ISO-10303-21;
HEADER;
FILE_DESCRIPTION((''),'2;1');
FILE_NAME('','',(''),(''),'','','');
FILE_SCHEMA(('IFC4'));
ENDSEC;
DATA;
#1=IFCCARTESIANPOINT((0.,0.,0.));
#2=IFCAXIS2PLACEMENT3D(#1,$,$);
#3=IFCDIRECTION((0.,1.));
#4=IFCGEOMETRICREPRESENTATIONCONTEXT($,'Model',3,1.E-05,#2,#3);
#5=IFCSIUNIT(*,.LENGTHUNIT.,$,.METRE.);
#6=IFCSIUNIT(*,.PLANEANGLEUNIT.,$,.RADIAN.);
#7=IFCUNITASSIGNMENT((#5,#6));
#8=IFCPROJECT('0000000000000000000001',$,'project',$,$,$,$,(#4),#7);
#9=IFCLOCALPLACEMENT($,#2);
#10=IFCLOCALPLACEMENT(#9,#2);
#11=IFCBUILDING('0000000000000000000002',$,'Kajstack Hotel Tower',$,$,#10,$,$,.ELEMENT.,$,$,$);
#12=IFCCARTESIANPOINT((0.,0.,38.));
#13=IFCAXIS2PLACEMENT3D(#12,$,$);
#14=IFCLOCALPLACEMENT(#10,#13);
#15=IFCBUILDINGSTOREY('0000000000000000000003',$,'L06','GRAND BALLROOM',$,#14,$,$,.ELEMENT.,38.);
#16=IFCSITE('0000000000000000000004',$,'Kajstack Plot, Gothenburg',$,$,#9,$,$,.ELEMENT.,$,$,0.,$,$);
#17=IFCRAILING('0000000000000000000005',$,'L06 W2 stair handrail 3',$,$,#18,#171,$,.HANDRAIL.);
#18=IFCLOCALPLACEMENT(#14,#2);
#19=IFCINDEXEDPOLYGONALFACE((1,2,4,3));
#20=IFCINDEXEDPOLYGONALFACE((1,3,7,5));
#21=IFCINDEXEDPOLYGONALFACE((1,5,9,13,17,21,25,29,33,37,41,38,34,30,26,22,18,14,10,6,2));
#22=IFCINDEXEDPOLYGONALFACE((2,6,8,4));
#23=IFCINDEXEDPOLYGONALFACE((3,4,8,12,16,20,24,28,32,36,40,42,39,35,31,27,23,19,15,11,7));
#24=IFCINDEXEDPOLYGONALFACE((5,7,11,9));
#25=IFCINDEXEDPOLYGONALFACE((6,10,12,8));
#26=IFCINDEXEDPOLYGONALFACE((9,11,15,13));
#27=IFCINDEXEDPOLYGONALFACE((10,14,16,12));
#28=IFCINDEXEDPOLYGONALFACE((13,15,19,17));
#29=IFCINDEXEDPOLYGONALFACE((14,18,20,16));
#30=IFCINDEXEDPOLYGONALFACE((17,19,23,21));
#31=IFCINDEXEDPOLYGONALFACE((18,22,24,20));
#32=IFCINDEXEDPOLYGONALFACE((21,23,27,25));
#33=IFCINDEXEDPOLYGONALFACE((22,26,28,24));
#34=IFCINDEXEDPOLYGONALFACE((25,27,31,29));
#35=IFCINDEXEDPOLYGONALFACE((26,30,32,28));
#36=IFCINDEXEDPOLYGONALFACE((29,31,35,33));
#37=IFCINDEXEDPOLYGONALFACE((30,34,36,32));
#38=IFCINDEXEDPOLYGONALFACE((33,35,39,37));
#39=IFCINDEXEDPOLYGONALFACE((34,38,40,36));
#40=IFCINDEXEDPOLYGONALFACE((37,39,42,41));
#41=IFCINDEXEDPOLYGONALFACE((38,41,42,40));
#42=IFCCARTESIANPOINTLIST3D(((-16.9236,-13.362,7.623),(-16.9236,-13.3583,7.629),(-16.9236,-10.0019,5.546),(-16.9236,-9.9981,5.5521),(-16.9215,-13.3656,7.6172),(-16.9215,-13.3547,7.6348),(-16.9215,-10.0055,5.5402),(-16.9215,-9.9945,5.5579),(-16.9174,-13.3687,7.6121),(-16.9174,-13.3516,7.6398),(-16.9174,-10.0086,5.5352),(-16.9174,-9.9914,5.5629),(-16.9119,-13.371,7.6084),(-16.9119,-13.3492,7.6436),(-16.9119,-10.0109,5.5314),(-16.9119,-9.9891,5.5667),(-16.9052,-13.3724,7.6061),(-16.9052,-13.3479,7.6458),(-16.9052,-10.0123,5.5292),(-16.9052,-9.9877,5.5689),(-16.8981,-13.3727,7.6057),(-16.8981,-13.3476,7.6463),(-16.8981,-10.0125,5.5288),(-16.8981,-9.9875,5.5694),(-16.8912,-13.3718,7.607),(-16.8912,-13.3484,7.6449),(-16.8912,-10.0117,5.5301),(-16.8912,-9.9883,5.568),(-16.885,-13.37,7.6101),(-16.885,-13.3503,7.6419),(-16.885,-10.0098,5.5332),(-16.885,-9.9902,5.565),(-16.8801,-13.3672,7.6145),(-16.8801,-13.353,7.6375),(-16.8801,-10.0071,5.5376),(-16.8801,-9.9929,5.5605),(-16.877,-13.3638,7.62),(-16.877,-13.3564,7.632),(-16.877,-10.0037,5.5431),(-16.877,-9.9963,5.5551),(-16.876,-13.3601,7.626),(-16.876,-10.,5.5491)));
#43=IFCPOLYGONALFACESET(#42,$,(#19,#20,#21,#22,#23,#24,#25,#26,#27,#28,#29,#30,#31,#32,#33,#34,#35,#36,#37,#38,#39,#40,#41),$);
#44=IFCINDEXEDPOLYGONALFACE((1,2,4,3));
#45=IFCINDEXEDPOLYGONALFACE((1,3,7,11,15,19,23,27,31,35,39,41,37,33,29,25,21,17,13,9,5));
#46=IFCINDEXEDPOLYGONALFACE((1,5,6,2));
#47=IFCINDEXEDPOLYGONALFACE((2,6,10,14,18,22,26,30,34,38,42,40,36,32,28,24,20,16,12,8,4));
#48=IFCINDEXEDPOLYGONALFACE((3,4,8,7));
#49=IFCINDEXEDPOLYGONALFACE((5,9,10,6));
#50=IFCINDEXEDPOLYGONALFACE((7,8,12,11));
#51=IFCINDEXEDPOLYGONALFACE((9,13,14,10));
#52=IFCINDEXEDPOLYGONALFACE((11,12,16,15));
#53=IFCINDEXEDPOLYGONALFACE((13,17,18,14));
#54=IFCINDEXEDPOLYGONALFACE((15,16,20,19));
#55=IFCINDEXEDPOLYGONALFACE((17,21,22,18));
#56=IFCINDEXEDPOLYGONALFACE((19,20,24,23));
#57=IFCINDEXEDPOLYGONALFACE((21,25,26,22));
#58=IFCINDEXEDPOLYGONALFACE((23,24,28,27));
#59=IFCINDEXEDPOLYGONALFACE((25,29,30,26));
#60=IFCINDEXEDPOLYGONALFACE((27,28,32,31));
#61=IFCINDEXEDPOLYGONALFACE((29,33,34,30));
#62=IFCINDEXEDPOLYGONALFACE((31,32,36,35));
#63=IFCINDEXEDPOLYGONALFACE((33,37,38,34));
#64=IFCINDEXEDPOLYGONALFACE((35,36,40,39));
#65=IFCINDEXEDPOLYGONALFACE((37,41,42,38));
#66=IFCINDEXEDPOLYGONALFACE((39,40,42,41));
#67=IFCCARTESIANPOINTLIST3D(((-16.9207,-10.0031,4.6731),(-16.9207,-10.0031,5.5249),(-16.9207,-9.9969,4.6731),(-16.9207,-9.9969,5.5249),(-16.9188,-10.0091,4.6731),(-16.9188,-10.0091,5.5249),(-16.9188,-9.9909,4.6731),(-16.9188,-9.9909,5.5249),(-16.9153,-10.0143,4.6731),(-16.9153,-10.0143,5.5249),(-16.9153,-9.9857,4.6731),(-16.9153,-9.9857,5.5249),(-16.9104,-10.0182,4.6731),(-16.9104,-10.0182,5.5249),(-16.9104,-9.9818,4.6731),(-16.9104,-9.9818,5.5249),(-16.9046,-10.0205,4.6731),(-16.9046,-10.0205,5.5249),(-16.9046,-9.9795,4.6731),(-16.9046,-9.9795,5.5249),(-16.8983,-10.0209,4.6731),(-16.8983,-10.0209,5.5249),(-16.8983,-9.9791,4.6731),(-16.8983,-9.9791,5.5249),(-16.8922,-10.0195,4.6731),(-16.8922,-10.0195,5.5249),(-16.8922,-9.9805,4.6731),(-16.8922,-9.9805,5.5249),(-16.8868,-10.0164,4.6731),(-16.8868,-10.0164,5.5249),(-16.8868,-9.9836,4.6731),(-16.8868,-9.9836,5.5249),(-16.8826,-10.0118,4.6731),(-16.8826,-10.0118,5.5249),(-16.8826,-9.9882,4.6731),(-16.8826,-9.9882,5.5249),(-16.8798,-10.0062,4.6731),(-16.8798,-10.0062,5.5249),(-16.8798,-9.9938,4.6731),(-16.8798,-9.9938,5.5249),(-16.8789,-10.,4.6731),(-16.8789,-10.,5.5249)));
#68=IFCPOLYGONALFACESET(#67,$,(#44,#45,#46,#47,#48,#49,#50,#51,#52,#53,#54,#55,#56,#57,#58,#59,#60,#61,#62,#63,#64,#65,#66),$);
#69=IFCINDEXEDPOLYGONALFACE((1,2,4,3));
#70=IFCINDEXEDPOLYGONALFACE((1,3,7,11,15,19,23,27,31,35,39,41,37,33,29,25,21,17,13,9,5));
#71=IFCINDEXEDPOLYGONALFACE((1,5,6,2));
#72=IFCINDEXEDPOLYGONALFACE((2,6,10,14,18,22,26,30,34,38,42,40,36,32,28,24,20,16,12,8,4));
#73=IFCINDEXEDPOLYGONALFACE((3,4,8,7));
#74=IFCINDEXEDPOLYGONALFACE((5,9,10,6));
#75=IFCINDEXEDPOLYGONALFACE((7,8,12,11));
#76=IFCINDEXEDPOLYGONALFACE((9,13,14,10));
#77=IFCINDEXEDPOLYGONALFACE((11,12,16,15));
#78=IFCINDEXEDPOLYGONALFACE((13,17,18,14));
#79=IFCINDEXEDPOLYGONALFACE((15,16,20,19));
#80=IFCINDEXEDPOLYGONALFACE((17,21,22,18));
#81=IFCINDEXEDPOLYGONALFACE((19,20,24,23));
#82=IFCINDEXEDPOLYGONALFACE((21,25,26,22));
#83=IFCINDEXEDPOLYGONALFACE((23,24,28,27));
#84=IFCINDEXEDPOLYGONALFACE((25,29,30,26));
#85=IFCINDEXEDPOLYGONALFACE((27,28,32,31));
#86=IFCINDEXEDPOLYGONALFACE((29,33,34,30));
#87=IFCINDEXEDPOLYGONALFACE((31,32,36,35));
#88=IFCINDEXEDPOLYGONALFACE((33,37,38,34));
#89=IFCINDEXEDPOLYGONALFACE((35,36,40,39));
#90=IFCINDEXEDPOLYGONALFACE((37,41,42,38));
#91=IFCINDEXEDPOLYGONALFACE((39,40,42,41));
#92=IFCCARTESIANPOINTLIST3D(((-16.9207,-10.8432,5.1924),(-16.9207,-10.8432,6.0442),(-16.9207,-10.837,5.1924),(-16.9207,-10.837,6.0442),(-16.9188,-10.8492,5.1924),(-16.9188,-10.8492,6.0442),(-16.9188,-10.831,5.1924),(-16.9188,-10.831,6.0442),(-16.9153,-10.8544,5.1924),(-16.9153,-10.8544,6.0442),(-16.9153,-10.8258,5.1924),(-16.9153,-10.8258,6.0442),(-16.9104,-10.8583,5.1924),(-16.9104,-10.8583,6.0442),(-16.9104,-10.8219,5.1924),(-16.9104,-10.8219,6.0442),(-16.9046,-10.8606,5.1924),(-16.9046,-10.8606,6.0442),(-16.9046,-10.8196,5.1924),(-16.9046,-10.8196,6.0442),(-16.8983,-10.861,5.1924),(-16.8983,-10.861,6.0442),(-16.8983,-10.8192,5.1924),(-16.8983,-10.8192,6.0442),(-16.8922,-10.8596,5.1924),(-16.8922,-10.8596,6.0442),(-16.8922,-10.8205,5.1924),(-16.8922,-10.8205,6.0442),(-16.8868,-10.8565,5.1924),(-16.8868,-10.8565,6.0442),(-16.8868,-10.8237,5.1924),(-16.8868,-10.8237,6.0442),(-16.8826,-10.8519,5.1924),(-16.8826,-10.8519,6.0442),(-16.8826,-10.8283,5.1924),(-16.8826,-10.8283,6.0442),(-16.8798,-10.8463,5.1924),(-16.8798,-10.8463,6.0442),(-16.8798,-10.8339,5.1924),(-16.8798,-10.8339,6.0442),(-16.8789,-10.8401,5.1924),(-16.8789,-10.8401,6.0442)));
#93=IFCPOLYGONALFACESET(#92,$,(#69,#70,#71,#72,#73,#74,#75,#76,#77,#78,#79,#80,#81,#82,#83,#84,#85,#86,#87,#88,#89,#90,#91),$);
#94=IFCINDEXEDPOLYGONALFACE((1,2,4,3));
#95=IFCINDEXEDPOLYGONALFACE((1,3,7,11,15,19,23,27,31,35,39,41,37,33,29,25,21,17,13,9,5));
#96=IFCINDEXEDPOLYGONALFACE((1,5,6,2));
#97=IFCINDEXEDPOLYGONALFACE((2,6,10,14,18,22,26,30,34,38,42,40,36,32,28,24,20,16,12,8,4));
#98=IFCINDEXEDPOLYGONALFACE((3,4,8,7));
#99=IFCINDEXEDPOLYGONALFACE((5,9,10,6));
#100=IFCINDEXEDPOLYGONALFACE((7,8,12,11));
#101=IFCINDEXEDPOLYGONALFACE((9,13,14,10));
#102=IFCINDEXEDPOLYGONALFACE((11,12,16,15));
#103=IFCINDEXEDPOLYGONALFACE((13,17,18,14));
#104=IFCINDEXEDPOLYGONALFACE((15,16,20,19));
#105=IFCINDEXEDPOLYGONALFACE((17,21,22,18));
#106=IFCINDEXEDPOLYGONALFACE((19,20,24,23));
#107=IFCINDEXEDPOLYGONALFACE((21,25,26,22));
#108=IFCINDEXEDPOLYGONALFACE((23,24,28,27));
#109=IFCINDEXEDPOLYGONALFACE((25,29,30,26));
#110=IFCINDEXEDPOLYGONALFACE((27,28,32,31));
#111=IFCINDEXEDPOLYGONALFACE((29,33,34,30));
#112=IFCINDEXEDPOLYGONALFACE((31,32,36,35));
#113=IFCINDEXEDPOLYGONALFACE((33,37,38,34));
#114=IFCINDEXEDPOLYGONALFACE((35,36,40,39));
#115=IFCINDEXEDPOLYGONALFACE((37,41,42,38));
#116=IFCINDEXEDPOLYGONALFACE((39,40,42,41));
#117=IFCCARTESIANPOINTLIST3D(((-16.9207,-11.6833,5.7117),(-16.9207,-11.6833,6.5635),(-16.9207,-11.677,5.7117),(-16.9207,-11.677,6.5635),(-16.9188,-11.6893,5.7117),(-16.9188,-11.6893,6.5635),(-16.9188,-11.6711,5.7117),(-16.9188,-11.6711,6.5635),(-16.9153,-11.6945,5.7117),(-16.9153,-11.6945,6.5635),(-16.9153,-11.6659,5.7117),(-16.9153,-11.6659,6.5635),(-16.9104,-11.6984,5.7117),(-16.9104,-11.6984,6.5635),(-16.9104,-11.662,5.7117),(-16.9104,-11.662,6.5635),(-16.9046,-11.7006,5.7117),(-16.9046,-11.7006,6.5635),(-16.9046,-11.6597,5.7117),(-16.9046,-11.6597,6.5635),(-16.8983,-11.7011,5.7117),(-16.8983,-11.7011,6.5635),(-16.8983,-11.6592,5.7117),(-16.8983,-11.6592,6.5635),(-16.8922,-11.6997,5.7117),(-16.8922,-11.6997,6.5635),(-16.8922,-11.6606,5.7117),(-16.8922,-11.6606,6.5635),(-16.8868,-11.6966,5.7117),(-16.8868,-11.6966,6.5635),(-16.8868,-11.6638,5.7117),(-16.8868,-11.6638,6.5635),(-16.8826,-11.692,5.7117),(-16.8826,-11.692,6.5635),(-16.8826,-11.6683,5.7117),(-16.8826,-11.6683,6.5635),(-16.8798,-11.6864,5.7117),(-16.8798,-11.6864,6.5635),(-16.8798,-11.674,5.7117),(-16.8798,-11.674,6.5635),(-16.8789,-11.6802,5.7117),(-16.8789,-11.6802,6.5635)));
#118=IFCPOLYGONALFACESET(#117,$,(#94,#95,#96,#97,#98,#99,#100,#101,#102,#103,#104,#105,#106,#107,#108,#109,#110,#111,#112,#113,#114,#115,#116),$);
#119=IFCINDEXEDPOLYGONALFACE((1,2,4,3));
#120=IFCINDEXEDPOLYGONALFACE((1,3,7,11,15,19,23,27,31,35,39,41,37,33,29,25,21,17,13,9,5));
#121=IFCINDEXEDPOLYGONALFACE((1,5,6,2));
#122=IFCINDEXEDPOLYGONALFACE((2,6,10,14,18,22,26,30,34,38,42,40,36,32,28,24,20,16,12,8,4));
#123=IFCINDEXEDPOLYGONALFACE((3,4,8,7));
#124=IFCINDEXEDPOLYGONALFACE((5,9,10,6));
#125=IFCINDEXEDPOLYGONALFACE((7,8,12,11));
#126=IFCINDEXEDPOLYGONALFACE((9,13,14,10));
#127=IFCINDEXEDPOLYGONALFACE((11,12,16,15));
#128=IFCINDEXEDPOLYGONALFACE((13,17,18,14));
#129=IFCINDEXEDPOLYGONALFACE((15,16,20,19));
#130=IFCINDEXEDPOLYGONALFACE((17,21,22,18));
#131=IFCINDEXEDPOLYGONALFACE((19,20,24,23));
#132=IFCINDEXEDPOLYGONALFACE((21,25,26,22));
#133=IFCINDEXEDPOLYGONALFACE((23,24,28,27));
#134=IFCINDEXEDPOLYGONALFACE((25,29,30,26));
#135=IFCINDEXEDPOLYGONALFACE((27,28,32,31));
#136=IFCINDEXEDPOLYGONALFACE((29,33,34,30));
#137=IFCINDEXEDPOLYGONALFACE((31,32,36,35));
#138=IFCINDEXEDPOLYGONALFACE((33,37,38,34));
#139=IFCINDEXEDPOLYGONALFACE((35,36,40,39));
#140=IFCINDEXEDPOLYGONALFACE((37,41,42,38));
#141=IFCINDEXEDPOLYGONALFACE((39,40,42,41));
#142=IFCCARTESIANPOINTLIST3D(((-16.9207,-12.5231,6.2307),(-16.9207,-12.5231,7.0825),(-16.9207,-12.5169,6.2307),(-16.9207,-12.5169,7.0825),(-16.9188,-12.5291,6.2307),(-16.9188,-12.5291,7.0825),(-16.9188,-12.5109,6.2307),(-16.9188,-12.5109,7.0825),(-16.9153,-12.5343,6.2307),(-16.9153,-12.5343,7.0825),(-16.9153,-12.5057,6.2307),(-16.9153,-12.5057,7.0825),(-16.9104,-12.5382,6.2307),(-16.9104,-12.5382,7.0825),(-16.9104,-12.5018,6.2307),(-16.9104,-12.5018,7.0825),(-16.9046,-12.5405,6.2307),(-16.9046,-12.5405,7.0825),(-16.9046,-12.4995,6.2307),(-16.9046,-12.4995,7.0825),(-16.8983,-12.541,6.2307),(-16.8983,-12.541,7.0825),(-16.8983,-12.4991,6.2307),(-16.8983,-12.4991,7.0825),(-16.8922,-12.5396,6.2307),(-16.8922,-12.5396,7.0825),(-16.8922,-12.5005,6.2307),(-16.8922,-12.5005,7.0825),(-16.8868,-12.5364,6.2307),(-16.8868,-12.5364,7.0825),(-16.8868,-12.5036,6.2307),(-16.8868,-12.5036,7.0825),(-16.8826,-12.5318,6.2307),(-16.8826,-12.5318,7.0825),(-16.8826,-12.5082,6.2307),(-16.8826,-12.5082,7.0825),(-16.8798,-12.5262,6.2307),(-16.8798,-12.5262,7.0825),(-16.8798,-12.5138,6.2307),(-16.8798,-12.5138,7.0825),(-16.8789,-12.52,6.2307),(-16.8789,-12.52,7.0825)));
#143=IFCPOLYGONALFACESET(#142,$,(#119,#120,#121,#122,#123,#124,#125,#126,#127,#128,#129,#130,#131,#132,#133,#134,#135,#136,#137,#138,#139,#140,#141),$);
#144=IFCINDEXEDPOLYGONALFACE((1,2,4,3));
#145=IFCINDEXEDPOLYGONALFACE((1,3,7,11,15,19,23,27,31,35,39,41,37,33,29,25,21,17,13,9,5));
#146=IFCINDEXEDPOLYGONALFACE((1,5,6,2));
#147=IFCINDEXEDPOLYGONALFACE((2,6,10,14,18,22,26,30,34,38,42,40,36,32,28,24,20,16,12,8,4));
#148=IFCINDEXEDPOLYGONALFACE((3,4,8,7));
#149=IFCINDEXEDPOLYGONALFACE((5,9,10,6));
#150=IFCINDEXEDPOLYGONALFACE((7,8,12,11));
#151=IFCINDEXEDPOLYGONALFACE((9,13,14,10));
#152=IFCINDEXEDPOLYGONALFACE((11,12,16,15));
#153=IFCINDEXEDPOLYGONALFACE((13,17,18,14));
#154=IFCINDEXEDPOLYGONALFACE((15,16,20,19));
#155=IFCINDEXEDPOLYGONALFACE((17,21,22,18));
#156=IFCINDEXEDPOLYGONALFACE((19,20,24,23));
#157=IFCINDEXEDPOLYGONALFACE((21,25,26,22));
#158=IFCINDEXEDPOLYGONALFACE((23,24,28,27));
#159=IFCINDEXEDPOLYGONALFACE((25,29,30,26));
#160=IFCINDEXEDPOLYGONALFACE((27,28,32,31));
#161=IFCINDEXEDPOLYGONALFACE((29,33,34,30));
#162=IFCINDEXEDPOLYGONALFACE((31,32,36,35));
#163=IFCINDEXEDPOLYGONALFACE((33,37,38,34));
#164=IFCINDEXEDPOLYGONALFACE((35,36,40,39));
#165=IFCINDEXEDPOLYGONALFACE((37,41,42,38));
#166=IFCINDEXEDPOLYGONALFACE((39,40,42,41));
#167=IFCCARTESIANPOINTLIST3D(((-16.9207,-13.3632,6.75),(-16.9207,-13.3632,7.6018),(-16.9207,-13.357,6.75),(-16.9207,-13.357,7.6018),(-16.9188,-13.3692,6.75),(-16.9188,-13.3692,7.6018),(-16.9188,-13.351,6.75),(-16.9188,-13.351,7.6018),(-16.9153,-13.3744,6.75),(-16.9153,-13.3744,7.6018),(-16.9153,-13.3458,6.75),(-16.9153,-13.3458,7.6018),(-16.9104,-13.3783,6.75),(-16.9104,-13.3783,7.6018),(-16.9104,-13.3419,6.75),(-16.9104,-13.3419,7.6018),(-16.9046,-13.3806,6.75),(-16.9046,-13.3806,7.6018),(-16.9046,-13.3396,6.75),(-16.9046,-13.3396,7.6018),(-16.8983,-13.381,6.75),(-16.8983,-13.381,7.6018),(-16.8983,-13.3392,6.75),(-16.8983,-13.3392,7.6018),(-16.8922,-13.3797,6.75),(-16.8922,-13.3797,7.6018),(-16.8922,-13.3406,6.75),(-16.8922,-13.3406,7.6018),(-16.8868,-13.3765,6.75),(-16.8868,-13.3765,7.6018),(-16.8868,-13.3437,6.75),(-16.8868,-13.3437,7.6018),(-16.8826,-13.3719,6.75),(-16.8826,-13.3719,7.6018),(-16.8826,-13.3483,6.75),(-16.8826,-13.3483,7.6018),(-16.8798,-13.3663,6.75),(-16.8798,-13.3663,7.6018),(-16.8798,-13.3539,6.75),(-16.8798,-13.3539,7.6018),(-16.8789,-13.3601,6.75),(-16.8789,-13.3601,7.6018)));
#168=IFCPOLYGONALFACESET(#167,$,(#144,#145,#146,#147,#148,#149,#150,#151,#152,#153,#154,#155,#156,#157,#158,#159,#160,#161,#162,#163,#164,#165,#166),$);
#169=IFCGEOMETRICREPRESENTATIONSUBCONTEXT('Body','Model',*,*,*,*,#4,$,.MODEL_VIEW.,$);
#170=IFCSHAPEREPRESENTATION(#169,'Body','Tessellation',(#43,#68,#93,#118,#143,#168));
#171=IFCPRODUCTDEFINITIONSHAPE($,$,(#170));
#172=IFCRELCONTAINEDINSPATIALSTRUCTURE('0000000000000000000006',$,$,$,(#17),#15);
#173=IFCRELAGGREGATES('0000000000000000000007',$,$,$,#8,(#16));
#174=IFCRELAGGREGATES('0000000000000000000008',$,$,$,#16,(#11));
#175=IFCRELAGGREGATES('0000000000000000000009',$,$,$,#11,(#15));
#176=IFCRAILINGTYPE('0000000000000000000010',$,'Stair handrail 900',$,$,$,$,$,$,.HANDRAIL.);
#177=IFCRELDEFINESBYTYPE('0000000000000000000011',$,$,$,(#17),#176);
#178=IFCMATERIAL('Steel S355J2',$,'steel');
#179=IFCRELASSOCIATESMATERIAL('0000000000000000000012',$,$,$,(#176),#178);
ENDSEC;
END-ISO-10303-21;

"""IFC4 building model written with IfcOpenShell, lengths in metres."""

from ifc_helpers import new_model, si_unit, direction, frame, origin, origin_2d, place, context, subcontext, project, spatial, circle, extrude, material, type_object, element, save


model = new_model("IFC4")

# Units and contexts
model_context = context("Model", 3, precision=1e-05, world=origin(), true_north=direction((0.0, 1.0)))
body_context = subcontext(model_context, "Body", "Model", "MODEL_VIEW")
ifc_project = project(units=[si_unit("LENGTHUNIT", "METRE"), si_unit("PLANEANGLEUNIT", "RADIAN")], contexts=[model_context])

# Site, building, storey
site_placement = place(None, origin())
site = spatial("IfcSite", under=ifc_project, at=site_placement, Name="Kajstack Plot, Gothenburg", CompositionType="ELEMENT", RefElevation=0.0)
building_placement = place(site_placement, origin())
building = spatial("IfcBuilding", under=site, at=building_placement, Name="Kajstack Hotel Tower", CompositionType="ELEMENT")
storey_placement = place(building_placement, frame((0.0, 0.0, 38.0)))
storey = spatial("IfcBuildingStorey", under=building, at=storey_placement, Name="L06", Description="GRAND BALLROOM", CompositionType="ELEMENT", Elevation=38.0)

# Railing
ifc_material_1 = material(Name="Steel S355J2", Category="steel")
railing_type_1 = type_object("IfcRailingType", Name="Stair handrail 900", PredefinedType="HANDRAIL", material=ifc_material_1)
for number, where, name in (
    (1, (-16.8999, -10.0, 4.6731), "L06 W2 stair handrail 3"),
):
    element("IfcRailing", number, at=place(storey_placement, frame(where)), inside=storey, type_object=railing_type_1, Name=name, PredefinedType="HANDRAIL", context=body_context, shape_type="SweptSolid", body=[
        extrude(circle(Radius=0.0239, at=origin_2d()), frame((0.0, 0.0, 0.876), z_axis=(0.0, -0.850623, 0.525776), x_axis=(1.0, 0.0, 0.0)), (0.0, 0.0, 1.0), 3.9502),
        extrude(circle(Radius=0.021, at=origin_2d()), origin(), (0.0, 0.0, 1.0), 0.8518),
        extrude(circle(Radius=0.021, at=origin_2d()), frame((0.0, -0.8401, 0.5193)), (0.0, 0.0, 1.0), 0.8518),
        extrude(circle(Radius=0.021, at=origin_2d()), frame((0.0, -1.6802, 1.0386)), (0.0, 0.0, 1.0), 0.8518),
        extrude(circle(Radius=0.021, at=origin_2d()), frame((0.0, -2.52, 1.5576)), (0.0, 0.0, 1.0), 0.8518),
        extrude(circle(Radius=0.021, at=origin_2d()), frame((0.0, -3.3601, 2.0769)), (0.0, 0.0, 1.0), 0.8518),
    ])

save(model, "model.ifc")
